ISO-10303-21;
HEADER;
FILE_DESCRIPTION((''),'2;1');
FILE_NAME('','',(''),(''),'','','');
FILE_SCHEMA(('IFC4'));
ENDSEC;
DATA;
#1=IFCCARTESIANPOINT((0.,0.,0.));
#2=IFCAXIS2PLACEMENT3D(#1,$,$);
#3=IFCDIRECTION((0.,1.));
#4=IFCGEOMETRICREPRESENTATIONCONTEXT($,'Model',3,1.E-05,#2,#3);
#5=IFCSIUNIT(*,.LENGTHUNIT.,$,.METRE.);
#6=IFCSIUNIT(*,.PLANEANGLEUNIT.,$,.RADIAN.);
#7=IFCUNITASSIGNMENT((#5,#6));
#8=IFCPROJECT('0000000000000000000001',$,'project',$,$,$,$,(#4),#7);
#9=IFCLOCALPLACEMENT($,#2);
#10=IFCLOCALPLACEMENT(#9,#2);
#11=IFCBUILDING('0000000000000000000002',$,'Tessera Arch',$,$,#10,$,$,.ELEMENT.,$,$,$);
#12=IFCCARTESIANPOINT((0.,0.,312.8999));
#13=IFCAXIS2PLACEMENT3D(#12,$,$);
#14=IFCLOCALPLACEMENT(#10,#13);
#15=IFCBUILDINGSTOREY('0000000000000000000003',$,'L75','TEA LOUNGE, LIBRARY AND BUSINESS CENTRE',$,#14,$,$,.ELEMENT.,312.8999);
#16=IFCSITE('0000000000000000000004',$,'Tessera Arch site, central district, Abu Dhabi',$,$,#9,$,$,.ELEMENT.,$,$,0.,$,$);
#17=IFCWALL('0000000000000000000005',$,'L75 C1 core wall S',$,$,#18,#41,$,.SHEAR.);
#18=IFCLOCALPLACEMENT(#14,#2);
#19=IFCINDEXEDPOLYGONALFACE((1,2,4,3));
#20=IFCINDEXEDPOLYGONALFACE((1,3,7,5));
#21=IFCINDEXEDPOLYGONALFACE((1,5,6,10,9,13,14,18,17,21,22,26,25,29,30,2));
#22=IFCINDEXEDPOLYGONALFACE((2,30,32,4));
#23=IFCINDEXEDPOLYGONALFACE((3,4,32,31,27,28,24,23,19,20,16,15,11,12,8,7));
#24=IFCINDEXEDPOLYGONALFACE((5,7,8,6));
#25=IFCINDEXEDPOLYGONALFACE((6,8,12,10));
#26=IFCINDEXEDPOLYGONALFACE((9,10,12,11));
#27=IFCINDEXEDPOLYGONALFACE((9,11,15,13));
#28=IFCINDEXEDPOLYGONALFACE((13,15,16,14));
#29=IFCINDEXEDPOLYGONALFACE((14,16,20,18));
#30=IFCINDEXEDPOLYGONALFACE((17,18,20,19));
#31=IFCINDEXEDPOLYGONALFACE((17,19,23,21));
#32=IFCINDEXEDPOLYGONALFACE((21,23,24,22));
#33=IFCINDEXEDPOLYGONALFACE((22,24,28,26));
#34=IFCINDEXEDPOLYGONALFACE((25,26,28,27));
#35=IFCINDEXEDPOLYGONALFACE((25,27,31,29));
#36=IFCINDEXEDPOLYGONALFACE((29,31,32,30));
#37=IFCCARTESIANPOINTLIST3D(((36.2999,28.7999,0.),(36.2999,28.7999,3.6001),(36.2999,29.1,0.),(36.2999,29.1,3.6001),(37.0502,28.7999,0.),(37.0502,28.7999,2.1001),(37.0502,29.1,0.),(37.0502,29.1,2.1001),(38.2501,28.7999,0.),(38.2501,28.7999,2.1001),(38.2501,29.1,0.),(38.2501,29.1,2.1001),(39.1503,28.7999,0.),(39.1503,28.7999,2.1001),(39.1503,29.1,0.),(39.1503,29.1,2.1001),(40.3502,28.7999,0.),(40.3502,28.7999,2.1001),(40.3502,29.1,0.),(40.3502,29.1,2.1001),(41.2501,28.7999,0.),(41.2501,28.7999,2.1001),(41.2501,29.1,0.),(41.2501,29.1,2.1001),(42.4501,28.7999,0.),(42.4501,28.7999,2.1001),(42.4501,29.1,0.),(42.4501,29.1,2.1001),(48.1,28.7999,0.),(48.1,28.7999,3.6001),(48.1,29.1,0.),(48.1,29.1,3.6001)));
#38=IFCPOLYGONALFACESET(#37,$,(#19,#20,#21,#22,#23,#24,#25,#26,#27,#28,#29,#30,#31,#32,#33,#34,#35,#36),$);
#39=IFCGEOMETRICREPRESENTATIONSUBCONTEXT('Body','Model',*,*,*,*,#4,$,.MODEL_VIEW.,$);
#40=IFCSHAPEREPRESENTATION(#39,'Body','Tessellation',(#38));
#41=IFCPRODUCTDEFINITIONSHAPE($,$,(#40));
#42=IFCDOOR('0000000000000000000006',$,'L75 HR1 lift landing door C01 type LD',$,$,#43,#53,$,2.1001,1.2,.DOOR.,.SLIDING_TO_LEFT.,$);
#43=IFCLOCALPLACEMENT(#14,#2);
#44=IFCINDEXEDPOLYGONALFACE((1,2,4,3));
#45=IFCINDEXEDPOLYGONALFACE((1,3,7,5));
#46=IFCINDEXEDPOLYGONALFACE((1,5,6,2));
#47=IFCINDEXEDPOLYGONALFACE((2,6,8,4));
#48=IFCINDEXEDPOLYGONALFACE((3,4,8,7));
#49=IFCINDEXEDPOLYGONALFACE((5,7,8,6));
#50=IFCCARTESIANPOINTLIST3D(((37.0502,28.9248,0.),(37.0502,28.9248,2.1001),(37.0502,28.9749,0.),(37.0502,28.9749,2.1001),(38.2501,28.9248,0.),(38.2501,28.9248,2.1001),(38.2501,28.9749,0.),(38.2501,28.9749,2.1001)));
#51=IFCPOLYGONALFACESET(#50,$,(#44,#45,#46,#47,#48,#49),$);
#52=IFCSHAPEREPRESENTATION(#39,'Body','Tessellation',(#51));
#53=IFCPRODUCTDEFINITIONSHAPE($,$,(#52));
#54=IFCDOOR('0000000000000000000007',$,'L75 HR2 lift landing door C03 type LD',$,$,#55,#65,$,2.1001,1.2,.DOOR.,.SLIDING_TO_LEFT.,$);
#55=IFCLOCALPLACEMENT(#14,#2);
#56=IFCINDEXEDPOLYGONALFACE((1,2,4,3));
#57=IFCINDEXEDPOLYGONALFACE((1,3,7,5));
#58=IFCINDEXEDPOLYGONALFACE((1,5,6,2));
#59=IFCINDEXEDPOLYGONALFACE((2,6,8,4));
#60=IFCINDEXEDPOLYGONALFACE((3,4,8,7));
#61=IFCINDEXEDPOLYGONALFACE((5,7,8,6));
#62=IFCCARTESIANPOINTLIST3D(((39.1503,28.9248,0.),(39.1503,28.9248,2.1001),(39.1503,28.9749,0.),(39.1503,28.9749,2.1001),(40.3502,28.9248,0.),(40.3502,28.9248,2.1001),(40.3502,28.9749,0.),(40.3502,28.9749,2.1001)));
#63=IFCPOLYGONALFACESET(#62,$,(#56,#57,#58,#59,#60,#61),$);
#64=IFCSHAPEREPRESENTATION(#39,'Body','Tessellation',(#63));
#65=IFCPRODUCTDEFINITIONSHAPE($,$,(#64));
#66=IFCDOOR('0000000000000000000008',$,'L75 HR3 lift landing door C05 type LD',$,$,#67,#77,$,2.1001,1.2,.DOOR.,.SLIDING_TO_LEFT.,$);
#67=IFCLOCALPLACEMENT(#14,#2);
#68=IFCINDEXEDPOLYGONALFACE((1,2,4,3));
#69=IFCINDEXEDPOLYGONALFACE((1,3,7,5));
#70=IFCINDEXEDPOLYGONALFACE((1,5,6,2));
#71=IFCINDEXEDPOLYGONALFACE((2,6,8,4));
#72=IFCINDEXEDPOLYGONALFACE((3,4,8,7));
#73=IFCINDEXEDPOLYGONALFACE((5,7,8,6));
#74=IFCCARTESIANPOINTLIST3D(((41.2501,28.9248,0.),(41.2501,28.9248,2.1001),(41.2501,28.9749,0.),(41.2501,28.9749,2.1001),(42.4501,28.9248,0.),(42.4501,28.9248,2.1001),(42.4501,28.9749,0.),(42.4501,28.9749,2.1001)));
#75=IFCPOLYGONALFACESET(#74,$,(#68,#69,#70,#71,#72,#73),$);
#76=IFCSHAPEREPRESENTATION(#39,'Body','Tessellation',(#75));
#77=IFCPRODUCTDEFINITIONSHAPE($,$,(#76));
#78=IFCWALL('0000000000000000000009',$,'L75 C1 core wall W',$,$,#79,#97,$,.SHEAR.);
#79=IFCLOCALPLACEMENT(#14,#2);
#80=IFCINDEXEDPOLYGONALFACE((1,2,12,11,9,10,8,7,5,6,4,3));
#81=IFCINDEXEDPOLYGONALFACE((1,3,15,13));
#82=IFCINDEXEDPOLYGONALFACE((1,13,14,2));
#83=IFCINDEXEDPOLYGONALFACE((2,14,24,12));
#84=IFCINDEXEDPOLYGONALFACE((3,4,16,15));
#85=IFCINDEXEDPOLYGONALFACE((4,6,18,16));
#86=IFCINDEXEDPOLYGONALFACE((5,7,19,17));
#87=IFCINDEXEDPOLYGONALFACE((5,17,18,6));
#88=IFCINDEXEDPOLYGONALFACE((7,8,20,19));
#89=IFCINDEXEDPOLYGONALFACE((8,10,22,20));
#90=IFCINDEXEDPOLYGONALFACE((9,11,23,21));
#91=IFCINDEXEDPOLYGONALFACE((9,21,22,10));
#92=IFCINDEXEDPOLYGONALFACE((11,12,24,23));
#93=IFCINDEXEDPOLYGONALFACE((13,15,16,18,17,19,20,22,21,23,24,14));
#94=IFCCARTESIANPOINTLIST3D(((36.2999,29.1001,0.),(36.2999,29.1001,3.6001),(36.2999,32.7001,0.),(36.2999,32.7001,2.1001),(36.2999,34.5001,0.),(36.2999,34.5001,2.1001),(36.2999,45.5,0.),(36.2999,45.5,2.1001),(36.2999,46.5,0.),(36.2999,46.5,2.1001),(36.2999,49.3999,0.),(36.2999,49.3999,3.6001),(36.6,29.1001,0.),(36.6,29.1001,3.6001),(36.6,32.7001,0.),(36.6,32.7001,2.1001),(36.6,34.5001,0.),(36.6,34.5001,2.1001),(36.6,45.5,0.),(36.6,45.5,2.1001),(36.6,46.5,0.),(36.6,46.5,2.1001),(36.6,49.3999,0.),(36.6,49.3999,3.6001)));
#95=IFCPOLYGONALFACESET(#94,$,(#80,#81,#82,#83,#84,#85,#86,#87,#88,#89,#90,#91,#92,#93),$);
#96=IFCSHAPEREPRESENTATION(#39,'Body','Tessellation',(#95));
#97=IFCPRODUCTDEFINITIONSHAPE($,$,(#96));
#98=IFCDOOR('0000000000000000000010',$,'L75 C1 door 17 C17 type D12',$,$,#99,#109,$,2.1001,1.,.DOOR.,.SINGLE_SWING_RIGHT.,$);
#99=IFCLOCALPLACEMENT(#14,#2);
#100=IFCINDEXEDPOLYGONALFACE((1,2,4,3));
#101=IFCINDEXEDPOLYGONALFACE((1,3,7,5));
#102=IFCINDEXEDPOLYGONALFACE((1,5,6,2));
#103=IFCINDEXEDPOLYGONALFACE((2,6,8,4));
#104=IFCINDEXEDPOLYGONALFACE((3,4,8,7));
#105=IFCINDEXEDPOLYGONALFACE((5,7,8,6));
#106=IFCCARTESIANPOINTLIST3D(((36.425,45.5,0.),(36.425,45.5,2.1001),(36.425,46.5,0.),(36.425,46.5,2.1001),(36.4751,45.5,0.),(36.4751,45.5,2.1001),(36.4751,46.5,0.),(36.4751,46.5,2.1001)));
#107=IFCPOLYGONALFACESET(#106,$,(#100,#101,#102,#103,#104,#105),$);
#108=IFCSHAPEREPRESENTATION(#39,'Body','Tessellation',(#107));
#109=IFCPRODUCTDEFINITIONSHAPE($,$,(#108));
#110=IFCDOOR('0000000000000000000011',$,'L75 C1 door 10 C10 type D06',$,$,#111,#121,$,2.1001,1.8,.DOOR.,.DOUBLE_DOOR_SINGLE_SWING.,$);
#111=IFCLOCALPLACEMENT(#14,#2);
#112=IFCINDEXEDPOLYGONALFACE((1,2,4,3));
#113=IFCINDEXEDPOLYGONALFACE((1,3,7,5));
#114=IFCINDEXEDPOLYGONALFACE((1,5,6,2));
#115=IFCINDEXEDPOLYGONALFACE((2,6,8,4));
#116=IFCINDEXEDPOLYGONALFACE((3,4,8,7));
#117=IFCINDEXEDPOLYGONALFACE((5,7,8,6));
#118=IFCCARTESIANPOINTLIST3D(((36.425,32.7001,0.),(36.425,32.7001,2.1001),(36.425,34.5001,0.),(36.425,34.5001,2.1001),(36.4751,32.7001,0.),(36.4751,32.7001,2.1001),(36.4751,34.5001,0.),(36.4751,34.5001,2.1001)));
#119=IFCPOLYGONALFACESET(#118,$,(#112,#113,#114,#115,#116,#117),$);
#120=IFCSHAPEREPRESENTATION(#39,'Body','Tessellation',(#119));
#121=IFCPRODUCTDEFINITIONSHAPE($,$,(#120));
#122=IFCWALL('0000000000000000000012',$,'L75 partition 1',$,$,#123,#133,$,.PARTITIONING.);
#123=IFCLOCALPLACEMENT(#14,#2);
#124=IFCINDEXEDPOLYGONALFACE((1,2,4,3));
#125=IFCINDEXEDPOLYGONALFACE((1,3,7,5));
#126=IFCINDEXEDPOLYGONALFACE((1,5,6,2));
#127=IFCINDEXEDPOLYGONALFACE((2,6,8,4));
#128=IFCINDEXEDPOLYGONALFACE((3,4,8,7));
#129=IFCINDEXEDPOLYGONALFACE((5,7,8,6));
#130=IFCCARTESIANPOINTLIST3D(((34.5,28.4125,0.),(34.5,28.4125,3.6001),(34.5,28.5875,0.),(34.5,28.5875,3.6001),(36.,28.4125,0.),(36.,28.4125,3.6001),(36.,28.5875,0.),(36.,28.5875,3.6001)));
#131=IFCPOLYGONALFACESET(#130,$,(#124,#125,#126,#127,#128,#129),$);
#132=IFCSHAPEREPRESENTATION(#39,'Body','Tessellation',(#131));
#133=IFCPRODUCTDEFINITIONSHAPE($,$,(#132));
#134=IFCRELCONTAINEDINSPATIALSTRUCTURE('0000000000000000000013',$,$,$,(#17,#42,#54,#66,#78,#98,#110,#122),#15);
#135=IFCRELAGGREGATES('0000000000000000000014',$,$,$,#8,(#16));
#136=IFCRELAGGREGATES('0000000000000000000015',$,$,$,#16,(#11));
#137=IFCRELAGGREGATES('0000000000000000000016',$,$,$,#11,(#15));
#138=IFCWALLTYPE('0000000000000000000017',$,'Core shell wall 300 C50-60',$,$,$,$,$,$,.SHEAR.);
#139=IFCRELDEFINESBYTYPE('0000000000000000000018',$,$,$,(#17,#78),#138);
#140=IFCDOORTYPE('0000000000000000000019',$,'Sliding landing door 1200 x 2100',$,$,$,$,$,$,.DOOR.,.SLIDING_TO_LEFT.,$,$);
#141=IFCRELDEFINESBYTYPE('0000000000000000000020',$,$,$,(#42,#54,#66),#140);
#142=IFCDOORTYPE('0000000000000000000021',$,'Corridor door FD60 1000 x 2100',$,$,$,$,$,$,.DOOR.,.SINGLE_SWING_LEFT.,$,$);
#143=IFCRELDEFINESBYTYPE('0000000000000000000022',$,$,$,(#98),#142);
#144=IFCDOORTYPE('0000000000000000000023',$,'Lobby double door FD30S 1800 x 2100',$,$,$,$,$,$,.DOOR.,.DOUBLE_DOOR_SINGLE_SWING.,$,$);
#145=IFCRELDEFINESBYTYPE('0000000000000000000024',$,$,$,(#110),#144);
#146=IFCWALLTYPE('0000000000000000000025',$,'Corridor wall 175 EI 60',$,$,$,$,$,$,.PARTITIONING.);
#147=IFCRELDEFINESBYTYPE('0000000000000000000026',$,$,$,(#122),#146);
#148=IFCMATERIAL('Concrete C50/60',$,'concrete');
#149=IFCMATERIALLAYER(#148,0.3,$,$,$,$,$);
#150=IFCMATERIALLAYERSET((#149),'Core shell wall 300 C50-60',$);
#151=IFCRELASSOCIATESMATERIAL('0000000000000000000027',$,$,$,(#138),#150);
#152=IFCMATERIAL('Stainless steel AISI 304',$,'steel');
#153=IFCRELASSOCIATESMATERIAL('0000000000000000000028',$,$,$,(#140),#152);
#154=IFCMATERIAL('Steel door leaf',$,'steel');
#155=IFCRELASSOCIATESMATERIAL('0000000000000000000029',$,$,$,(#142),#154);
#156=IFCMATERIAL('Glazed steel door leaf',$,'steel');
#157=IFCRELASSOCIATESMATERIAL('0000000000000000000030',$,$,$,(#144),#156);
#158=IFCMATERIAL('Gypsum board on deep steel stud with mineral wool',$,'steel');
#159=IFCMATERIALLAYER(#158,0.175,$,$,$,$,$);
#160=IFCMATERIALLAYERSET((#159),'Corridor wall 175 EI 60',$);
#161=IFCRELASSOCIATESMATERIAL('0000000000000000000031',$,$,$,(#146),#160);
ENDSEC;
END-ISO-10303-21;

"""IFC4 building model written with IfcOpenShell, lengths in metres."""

from ifc_helpers import new_model, si_unit, direction, frame, frame_2d, origin, place, context, subcontext, project, spatial, rectangle, extrude, material, layer, layer_set, type_object, element, fill, save


model = new_model("IFC4")

# Units and contexts
model_context = context("Model", 3, precision=1e-05, world=origin(), true_north=direction((0.0, 1.0)))
body_context = subcontext(model_context, "Body", "Model", "MODEL_VIEW")
ifc_project = project(units=[si_unit("LENGTHUNIT", "METRE"), si_unit("PLANEANGLEUNIT", "RADIAN")], contexts=[model_context])

# Site, building, storey
site_placement = place(None, origin())
site = spatial("IfcSite", under=ifc_project, at=site_placement, Name="Tessera Arch site, central district, Abu Dhabi", CompositionType="ELEMENT", RefElevation=0.0)
building_placement = place(site_placement, origin())
building = spatial("IfcBuilding", under=site, at=building_placement, Name="Tessera Arch", CompositionType="ELEMENT")
storey_placement = place(building_placement, frame((0.0, 0.0, 312.8999)))
storey = spatial("IfcBuildingStorey", under=building, at=storey_placement, Name="L75", Description="TEA LOUNGE, LIBRARY AND BUSINESS CENTRE", CompositionType="ELEMENT", Elevation=312.8999)

# Walls, openings, doors
ifc_material_1 = material(Name="Concrete C50/60", Category="concrete")
ifc_layer_1 = layer(ifc_material_1, 0.3)
ifc_layer_set_1 = layer_set([ifc_layer_1], Name="Core shell wall 300 C50-60")
wall_type_1 = type_object("IfcWallType", Name="Core shell wall 300 C50-60", PredefinedType="SHEAR", material=ifc_layer_set_1)
wall_1_placement = place(storey_placement, frame((36.3, 28.95, 0.0), z_axis=(0.0, 0.0, 1.0), x_axis=(1.0, 0.0, 0.0)))
wall_1 = element("IfcWall", 1, at=wall_1_placement, inside=storey, type_object=wall_type_1, Name="L75 C1 core wall S", PredefinedType="SHEAR", context=body_context, shape_type="SweptSolid", body=[
    extrude(rectangle(XDim=11.8, YDim=0.3, at=frame_2d((5.8999, 0.0))), origin(), (0.0, 0.0, 1.0), 3.6001),
])
opening_1_placement = place(wall_1_placement, frame((0.75, 0.0, 0.0)))
opening_1 = element("IfcOpeningElement", 2, at=opening_1_placement, cuts=wall_1, PredefinedType="OPENING", context=body_context, shape_type="SweptSolid", body=[
    extrude(rectangle(XDim=1.2, YDim=2.1001, at=frame_2d((0.6001, 1.05))), frame((0.0, 0.1599, 0.0), z_axis=(0.0, -1.0, 0.0), x_axis=(1.0, 0.0, 0.0)), (0.0, 0.0, 1.0), 0.3201),
])
opening_2_placement = place(wall_1_placement, frame((2.8501, 0.0, 0.0)))
opening_2 = element("IfcOpeningElement", 3, at=opening_2_placement, cuts=wall_1, PredefinedType="OPENING", context=body_context, shape_type="SweptSolid", body=[
    extrude(rectangle(XDim=1.2, YDim=2.1001, at=frame_2d((0.6001, 1.05))), frame((0.0, 0.1599, 0.0), z_axis=(0.0, -1.0, 0.0), x_axis=(1.0, 0.0, 0.0)), (0.0, 0.0, 1.0), 0.3201),
])
opening_3_placement = place(wall_1_placement, frame((4.95, 0.0, 0.0)))
opening_3 = element("IfcOpeningElement", 4, at=opening_3_placement, cuts=wall_1, PredefinedType="OPENING", context=body_context, shape_type="SweptSolid", body=[
    extrude(rectangle(XDim=1.2, YDim=2.1001, at=frame_2d((0.6001, 1.05))), frame((0.0, 0.1599, 0.0), z_axis=(0.0, -1.0, 0.0), x_axis=(1.0, 0.0, 0.0)), (0.0, 0.0, 1.0), 0.3201),
])
ifc_material_2 = material(Name="Stainless steel AISI 304", Category="steel")
door_type_1 = type_object("IfcDoorType", Name="Sliding landing door 1200 x 2100", OperationType="SLIDING_TO_LEFT", PredefinedType="DOOR", material=ifc_material_2)
door_1_placement = place(opening_1_placement, origin())
door_1 = element("IfcDoor", 5, at=door_1_placement, inside=storey, type_object=door_type_1, Name="L75 HR1 lift landing door C01 type LD", OperationType="SLIDING_TO_LEFT", OverallHeight=2.1001, OverallWidth=1.2, PredefinedType="DOOR", context=body_context, shape_type="SweptSolid", body=[
    extrude(rectangle(XDim=1.2, YDim=2.1001, at=frame_2d((0.6001, 1.05))), frame((0.0, 0.0249, 0.0), z_axis=(0.0, -1.0, 0.0), x_axis=(1.0, 0.0, 0.0)), (0.0, 0.0, 1.0), 0.05),
])
fill(opening_1, door_1)
door_2_placement = place(opening_2_placement, origin())
door_2 = element("IfcDoor", 6, at=door_2_placement, inside=storey, type_object=door_type_1, Name="L75 HR2 lift landing door C03 type LD", OperationType="SLIDING_TO_LEFT", OverallHeight=2.1001, OverallWidth=1.2, PredefinedType="DOOR", context=body_context, shape_type="SweptSolid", body=[
    extrude(rectangle(XDim=1.2, YDim=2.1001, at=frame_2d((0.6001, 1.05))), frame((0.0, 0.0249, 0.0), z_axis=(0.0, -1.0, 0.0), x_axis=(1.0, 0.0, 0.0)), (0.0, 0.0, 1.0), 0.05),
])
fill(opening_2, door_2)
door_3_placement = place(opening_3_placement, origin())
door_3 = element("IfcDoor", 7, at=door_3_placement, inside=storey, type_object=door_type_1, Name="L75 HR3 lift landing door C05 type LD", OperationType="SLIDING_TO_LEFT", OverallHeight=2.1001, OverallWidth=1.2, PredefinedType="DOOR", context=body_context, shape_type="SweptSolid", body=[
    extrude(rectangle(XDim=1.2, YDim=2.1001, at=frame_2d((0.6001, 1.05))), frame((0.0, 0.0249, 0.0), z_axis=(0.0, -1.0, 0.0), x_axis=(1.0, 0.0, 0.0)), (0.0, 0.0, 1.0), 0.05),
])
fill(opening_3, door_3)
wall_2_placement = place(storey_placement, frame((36.45, 29.1001, 0.0), z_axis=(0.0, 0.0, 1.0), x_axis=(0.0, 1.0, 0.0)))
wall_2 = element("IfcWall", 8, at=wall_2_placement, inside=storey, type_object=wall_type_1, Name="L75 C1 core wall W", PredefinedType="SHEAR", context=body_context, shape_type="SweptSolid", body=[
    extrude(rectangle(XDim=20.2998, YDim=0.3, at=frame_2d((10.1499, 0.0))), origin(), (0.0, 0.0, 1.0), 3.6001),
])
opening_4_placement = place(wall_2_placement, frame((3.6001, 0.0, 0.0)))
opening_4 = element("IfcOpeningElement", 9, at=opening_4_placement, cuts=wall_2, PredefinedType="OPENING", context=body_context, shape_type="SweptSolid", body=[
    extrude(rectangle(XDim=1.8, YDim=2.1001, at=frame_2d((0.8999, 1.05))), frame((0.0, 0.1599, 0.0), z_axis=(0.0, -1.0, 0.0), x_axis=(1.0, 0.0, 0.0)), (0.0, 0.0, 1.0), 0.3201),
])
opening_5_placement = place(wall_2_placement, frame((16.3999, 0.0, 0.0)))
opening_5 = element("IfcOpeningElement", 10, at=opening_5_placement, cuts=wall_2, PredefinedType="OPENING", context=body_context, shape_type="SweptSolid", body=[
    extrude(rectangle(XDim=1.0, YDim=2.1001, at=frame_2d((0.5, 1.05))), frame((0.0, 0.1599, 0.0), z_axis=(0.0, -1.0, 0.0), x_axis=(1.0, 0.0, 0.0)), (0.0, 0.0, 1.0), 0.3201),
])
ifc_material_3 = material(Name="Steel door leaf", Category="steel")
door_type_2 = type_object("IfcDoorType", Name="Corridor door FD60 1000 x 2100", OperationType="SINGLE_SWING_LEFT", PredefinedType="DOOR", material=ifc_material_3)
door_4_placement = place(opening_5_placement, origin())
door_4 = element("IfcDoor", 11, at=door_4_placement, inside=storey, type_object=door_type_2, Name="L75 C1 door 17 C17 type D12", OperationType="SINGLE_SWING_RIGHT", OverallHeight=2.1001, OverallWidth=1.0, PredefinedType="DOOR", context=body_context, shape_type="SweptSolid", body=[
    extrude(rectangle(XDim=1.0, YDim=2.1001, at=frame_2d((0.5, 1.05))), frame((0.0, 0.0249, 0.0), z_axis=(0.0, -1.0, 0.0), x_axis=(1.0, 0.0, 0.0)), (0.0, 0.0, 1.0), 0.05),
])
fill(opening_5, door_4)
ifc_material_4 = material(Name="Glazed steel door leaf", Category="steel")
door_type_3 = type_object("IfcDoorType", Name="Lobby double door FD30S 1800 x 2100", OperationType="DOUBLE_DOOR_SINGLE_SWING", PredefinedType="DOOR", material=ifc_material_4)
door_5_placement = place(opening_4_placement, origin())
door_5 = element("IfcDoor", 12, at=door_5_placement, inside=storey, type_object=door_type_3, Name="L75 C1 door 10 C10 type D06", OperationType="DOUBLE_DOOR_SINGLE_SWING", OverallHeight=2.1001, OverallWidth=1.8, PredefinedType="DOOR", context=body_context, shape_type="SweptSolid", body=[
    extrude(rectangle(XDim=1.8, YDim=2.1001, at=frame_2d((0.8999, 1.05))), frame((0.0, 0.0249, 0.0), z_axis=(0.0, -1.0, 0.0), x_axis=(1.0, 0.0, 0.0)), (0.0, 0.0, 1.0), 0.05),
])
fill(opening_4, door_5)

# Wall
ifc_material_5 = material(Name="Gypsum board on deep steel stud with mineral wool", Category="steel")
ifc_layer_2 = layer(ifc_material_5, 0.175)
ifc_layer_set_2 = layer_set([ifc_layer_2], Name="Corridor wall 175 EI 60")
wall_type_2 = type_object("IfcWallType", Name="Corridor wall 175 EI 60", PredefinedType="PARTITIONING", material=ifc_layer_set_2)
wall_3_placement = place(storey_placement, frame((34.5, 28.5, 0.0), z_axis=(0.0, 0.0, 1.0), x_axis=(1.0, 0.0, 0.0)))
element("IfcWall", 13, at=wall_3_placement, inside=storey, type_object=wall_type_2, Name="L75 partition 1", PredefinedType="PARTITIONING", context=body_context, shape_type="SweptSolid", body=[
    extrude(rectangle(XDim=1.5, YDim=0.175, at=frame_2d((0.75, 0.0))), origin(), (0.0, 0.0, 1.0), 3.6001),
])

save(model, "model.ifc")
